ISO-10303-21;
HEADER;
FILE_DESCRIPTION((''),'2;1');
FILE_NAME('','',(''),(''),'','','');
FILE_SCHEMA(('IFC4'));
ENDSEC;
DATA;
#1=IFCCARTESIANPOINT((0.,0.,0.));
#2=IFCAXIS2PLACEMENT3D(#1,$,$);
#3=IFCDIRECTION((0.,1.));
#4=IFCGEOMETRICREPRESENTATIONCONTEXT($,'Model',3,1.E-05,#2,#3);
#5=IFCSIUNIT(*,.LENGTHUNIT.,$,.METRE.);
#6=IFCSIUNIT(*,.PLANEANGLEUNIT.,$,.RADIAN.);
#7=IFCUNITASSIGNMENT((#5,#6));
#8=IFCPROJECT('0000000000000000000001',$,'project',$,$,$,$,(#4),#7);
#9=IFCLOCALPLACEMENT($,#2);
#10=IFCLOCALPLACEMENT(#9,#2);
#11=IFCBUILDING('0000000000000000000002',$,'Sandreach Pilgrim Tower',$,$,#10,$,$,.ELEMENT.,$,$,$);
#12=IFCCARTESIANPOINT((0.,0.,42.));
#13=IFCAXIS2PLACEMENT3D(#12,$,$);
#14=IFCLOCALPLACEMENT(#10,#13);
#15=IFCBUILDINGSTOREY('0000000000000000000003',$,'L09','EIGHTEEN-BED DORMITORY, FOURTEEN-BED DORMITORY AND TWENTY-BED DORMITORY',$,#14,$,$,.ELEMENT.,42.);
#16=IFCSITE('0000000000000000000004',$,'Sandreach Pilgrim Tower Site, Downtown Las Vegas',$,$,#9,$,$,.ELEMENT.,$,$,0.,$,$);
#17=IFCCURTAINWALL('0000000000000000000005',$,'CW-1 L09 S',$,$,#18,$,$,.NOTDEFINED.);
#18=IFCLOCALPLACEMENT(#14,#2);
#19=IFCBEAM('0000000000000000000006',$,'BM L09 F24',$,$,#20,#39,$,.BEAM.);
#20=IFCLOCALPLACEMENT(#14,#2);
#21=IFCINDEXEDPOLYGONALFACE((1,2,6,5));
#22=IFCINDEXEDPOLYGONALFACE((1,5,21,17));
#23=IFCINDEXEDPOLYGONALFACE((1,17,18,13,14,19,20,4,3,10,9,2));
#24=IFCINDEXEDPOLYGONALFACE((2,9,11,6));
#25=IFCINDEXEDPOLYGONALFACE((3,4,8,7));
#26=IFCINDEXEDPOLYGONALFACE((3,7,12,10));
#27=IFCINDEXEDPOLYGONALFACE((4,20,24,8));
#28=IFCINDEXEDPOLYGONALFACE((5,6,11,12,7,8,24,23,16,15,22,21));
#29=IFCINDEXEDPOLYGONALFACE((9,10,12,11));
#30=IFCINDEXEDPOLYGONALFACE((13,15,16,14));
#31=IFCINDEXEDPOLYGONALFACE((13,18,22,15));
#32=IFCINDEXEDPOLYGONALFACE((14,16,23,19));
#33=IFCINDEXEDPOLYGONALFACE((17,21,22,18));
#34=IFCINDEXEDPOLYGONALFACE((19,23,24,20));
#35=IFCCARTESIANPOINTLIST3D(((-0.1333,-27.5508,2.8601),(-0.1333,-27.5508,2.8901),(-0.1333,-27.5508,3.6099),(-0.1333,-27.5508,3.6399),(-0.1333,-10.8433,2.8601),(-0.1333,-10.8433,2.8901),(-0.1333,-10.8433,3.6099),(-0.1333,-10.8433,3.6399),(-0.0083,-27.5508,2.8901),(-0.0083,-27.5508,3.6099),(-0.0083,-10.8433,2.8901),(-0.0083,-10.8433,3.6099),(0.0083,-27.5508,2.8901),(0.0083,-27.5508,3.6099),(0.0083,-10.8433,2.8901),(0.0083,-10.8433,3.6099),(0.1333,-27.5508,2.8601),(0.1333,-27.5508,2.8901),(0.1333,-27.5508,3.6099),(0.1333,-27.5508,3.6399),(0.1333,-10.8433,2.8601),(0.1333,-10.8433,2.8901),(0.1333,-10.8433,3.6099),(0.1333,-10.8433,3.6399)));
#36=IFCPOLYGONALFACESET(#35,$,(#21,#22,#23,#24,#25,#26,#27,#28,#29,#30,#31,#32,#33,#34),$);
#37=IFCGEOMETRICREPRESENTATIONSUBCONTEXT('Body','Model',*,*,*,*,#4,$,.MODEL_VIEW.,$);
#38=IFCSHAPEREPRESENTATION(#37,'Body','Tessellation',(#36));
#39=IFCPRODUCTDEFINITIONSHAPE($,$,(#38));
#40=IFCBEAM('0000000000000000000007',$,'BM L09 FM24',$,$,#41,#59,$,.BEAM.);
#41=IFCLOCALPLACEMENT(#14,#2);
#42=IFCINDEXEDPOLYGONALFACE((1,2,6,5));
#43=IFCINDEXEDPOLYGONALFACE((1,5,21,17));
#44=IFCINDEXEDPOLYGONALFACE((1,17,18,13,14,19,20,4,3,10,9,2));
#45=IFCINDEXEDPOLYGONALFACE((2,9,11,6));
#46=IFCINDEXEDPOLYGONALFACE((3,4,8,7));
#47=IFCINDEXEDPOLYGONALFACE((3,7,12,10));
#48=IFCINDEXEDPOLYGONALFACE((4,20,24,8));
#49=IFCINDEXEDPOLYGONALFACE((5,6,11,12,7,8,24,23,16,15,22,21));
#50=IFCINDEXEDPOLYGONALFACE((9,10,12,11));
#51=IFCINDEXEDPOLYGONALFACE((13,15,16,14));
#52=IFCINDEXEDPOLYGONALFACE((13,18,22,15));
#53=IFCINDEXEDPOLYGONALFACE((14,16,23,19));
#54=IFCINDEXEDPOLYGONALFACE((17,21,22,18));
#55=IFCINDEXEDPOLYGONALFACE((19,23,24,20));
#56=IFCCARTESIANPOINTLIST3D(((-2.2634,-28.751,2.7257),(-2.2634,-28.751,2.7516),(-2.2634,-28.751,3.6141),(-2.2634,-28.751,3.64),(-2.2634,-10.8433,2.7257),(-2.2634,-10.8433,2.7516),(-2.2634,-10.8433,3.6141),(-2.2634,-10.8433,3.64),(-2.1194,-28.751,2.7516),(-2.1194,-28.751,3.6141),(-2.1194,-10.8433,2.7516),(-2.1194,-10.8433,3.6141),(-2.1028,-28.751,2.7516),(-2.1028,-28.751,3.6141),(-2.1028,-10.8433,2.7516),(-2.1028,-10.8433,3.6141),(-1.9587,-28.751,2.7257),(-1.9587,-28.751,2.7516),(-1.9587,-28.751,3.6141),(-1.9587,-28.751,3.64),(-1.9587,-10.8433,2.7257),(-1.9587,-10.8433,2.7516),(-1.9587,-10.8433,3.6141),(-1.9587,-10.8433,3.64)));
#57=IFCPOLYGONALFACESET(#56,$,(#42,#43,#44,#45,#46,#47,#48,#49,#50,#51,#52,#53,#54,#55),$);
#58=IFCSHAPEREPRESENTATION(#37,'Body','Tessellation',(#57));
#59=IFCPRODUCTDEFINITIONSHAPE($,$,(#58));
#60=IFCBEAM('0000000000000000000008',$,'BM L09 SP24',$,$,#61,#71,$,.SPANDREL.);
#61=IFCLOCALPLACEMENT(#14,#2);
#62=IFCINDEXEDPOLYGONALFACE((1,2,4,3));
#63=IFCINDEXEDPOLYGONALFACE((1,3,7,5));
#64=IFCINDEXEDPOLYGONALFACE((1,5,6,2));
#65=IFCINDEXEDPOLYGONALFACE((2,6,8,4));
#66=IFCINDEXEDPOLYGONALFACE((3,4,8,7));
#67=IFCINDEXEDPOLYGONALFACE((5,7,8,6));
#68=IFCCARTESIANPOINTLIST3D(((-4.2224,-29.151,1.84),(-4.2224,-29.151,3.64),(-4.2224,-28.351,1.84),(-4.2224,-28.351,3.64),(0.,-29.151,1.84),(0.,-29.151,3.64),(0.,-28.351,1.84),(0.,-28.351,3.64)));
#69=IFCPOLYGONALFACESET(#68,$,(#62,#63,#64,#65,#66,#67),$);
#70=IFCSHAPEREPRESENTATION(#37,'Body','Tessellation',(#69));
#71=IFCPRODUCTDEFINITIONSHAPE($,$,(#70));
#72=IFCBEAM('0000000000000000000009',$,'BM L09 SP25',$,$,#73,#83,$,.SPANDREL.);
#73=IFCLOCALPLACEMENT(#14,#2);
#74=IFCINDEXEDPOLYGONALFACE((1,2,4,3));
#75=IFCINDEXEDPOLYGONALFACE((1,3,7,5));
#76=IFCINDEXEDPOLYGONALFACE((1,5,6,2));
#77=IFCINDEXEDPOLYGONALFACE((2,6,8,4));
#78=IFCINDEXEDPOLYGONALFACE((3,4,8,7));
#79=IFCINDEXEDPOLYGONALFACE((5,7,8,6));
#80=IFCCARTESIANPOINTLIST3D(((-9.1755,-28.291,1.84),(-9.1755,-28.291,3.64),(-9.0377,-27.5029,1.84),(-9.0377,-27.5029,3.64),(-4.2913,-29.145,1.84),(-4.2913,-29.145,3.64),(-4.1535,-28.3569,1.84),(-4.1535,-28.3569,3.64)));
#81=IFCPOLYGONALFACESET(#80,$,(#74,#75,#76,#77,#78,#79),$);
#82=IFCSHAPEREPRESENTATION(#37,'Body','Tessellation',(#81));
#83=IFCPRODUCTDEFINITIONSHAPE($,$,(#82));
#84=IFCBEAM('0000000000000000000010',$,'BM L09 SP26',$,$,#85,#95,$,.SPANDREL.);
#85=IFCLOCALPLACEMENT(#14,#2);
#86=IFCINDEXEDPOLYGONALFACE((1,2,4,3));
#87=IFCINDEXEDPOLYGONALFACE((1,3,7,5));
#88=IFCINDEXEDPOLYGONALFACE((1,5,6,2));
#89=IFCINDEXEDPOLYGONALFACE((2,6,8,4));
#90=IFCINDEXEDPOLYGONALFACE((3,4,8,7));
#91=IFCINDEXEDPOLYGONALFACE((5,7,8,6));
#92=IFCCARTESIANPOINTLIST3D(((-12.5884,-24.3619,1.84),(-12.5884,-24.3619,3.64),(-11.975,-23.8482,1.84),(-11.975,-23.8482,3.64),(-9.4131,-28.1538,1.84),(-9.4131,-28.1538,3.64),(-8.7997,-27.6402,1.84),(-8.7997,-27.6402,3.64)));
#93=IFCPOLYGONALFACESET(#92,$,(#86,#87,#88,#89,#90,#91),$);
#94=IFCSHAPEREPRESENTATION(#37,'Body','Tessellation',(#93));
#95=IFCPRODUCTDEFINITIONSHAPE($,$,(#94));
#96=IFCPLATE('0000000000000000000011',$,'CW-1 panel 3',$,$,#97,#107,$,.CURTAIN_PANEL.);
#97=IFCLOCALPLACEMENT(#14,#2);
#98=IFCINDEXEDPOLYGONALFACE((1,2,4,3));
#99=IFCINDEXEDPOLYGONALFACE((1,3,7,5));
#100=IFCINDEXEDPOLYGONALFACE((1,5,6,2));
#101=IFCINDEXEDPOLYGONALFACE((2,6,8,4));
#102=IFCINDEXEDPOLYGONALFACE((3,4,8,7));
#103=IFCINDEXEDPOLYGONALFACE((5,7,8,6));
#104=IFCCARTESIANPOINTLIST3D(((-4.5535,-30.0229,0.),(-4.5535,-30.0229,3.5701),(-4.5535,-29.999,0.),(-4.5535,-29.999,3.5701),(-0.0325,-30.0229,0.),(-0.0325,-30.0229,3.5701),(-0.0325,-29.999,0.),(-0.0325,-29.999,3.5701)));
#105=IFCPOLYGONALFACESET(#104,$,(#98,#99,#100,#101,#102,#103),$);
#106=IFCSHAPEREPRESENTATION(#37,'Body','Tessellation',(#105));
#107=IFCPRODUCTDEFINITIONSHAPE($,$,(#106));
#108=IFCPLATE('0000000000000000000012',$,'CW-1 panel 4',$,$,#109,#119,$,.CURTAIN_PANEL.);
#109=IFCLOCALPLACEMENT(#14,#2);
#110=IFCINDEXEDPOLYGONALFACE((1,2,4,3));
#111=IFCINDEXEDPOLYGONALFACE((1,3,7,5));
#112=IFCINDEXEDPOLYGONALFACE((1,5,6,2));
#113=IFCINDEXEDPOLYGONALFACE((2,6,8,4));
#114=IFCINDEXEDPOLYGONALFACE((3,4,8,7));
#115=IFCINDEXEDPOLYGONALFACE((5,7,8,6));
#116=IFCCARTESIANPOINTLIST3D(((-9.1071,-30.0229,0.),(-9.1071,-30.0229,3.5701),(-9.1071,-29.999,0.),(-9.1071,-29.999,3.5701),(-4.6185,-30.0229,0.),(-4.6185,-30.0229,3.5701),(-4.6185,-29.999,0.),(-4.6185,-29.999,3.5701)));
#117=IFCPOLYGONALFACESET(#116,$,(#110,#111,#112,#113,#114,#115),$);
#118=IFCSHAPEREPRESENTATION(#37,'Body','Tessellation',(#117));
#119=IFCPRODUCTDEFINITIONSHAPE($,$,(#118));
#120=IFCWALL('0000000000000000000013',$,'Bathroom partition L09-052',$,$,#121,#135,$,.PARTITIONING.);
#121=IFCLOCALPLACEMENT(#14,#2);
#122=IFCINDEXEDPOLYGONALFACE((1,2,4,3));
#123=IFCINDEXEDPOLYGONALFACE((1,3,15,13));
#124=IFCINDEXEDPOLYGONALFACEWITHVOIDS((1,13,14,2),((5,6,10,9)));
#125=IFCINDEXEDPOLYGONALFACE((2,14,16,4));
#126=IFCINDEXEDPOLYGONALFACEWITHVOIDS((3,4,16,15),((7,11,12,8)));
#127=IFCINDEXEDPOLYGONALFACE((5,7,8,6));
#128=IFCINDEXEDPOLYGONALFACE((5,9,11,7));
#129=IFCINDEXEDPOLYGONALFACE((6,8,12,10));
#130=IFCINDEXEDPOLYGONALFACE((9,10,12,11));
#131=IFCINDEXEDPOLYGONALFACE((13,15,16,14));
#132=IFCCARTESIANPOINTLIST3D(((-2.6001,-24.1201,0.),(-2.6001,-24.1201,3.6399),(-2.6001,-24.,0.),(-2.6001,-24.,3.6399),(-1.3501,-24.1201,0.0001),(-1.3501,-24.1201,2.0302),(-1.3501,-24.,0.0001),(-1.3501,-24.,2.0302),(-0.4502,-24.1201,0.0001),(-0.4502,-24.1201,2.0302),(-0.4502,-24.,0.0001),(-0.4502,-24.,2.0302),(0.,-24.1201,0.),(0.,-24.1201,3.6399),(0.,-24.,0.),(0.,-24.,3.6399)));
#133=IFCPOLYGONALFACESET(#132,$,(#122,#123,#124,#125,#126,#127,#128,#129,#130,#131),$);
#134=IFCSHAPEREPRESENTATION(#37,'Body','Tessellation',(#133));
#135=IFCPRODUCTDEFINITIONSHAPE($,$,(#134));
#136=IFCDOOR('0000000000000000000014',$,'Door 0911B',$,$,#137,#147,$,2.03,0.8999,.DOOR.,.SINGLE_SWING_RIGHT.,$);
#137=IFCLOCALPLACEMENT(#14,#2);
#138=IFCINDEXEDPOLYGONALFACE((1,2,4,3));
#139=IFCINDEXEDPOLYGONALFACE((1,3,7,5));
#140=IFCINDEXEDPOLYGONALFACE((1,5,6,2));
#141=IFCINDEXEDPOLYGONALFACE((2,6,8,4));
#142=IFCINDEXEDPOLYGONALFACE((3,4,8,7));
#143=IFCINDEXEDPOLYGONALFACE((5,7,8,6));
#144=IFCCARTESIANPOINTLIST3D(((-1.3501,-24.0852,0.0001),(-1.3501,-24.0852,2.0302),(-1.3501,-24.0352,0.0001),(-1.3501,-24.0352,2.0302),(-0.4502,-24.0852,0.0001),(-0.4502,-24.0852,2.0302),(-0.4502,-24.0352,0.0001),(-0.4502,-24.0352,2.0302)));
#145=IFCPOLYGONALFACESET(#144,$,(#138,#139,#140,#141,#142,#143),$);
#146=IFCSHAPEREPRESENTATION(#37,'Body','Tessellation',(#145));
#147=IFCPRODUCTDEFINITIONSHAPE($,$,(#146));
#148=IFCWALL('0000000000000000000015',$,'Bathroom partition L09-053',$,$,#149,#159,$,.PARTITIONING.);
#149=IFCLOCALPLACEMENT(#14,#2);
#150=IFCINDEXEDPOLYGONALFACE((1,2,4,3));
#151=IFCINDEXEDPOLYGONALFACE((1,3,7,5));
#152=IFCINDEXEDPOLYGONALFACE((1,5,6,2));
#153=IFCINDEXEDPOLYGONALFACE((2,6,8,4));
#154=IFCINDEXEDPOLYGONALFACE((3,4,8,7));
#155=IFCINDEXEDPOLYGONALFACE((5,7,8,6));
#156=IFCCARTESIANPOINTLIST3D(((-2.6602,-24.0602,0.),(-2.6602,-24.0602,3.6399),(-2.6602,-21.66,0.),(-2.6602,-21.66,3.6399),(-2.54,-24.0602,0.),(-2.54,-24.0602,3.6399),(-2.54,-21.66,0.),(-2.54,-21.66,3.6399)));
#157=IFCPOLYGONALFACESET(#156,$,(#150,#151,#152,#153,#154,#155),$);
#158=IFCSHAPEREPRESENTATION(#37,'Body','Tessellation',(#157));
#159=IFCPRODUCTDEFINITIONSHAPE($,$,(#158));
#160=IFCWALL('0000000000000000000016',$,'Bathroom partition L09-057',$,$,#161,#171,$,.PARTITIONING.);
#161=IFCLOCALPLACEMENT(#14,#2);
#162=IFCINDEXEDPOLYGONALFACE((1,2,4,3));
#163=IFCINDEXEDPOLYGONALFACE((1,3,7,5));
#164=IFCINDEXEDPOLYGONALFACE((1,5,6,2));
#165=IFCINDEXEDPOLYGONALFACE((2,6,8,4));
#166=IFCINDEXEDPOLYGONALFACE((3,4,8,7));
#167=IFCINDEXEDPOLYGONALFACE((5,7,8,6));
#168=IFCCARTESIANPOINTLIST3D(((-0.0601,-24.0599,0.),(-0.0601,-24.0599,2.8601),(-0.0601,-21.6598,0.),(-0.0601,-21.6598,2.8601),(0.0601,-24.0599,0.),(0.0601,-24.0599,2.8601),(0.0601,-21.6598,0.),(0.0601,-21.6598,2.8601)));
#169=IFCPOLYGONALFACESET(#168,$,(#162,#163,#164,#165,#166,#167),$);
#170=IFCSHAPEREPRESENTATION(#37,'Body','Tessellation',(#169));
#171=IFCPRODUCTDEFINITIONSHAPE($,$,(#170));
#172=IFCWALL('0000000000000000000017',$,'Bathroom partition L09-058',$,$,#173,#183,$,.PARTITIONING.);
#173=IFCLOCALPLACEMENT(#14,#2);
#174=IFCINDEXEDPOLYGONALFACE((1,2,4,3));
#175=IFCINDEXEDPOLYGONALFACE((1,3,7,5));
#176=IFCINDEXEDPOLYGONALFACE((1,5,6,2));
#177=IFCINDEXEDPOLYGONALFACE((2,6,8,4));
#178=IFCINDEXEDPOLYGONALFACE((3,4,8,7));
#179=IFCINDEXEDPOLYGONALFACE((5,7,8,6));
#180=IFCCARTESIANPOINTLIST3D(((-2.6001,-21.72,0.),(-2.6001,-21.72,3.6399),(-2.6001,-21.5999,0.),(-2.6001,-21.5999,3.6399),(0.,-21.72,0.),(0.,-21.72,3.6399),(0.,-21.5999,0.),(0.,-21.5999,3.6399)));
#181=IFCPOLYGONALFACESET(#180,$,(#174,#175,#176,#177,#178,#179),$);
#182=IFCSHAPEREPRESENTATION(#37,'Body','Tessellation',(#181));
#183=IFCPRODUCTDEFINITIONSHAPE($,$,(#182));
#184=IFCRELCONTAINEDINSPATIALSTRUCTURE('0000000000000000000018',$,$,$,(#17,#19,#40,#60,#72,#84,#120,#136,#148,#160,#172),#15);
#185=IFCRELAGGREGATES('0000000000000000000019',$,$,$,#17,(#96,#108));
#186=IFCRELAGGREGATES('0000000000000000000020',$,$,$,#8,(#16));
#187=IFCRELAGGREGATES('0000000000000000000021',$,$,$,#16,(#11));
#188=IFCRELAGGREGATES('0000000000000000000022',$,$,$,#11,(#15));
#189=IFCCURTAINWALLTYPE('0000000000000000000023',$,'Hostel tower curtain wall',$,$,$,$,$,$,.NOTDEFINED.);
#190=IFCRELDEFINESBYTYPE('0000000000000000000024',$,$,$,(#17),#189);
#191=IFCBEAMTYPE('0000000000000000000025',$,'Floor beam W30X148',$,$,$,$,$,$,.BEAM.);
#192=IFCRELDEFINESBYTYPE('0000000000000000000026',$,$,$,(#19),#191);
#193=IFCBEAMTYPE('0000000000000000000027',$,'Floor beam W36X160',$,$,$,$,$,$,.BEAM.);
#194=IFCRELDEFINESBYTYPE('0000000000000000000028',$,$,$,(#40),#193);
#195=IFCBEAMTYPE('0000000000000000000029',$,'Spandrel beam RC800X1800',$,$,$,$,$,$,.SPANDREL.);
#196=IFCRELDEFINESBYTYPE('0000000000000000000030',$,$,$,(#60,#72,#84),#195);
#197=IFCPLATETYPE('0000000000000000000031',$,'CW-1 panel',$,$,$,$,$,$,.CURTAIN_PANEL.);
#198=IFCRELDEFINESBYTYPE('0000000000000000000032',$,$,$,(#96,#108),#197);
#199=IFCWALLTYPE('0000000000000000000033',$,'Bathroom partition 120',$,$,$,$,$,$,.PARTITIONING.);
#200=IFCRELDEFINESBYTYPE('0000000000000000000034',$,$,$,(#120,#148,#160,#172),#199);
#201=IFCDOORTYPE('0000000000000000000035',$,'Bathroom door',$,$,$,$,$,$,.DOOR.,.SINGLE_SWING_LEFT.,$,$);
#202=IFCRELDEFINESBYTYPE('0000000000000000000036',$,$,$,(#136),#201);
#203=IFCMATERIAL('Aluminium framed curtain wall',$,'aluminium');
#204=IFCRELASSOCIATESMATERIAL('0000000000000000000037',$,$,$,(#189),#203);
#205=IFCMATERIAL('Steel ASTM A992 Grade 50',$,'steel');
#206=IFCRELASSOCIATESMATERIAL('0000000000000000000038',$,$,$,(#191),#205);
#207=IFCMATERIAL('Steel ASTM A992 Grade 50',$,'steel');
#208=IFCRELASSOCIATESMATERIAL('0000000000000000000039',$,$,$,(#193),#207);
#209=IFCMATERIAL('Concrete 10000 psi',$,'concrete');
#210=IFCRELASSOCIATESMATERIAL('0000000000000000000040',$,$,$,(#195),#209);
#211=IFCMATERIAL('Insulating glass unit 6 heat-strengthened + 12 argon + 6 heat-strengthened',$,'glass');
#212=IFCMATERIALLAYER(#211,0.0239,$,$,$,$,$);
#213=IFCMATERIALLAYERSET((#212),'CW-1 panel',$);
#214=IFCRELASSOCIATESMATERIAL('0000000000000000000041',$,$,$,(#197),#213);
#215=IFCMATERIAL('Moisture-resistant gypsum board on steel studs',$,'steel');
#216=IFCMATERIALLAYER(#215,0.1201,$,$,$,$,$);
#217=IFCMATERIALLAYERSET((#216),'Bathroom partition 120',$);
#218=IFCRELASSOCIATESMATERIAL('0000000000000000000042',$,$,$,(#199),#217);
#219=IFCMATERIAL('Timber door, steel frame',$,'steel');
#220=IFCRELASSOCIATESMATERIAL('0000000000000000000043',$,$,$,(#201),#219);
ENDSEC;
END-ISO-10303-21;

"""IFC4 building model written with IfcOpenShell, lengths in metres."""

from ifc_helpers import new_model, si_unit, direction, frame, frame_2d, origin, origin_2d, place, context, subcontext, project, spatial, rectangle, i_section, extrude, material, layer, layer_set, material_profile, profile_set, type_object, element, fill, aggregate, save


model = new_model("IFC4")

# Units and contexts
model_context = context("Model", 3, precision=1e-05, world=origin(), true_north=direction((0.0, 1.0)))
body_context = subcontext(model_context, "Body", "Model", "MODEL_VIEW")
ifc_project = project(units=[si_unit("LENGTHUNIT", "METRE"), si_unit("PLANEANGLEUNIT", "RADIAN")], contexts=[model_context])

# Site, building, storey
site_placement = place(None, origin())
site = spatial("IfcSite", under=ifc_project, at=site_placement, Name="Sandreach Pilgrim Tower Site, Downtown Las Vegas", CompositionType="ELEMENT", RefElevation=0.0)
building_placement = place(site_placement, origin())
building = spatial("IfcBuilding", under=site, at=building_placement, Name="Sandreach Pilgrim Tower", CompositionType="ELEMENT")
storey_placement = place(building_placement, frame((0.0, 0.0, 42.0)))
storey = spatial("IfcBuildingStorey", under=building, at=storey_placement, Name="L09", Description="EIGHTEEN-BED DORMITORY, FOURTEEN-BED DORMITORY AND TWENTY-BED DORMITORY", CompositionType="ELEMENT", Elevation=42.0)

# Curtain wall
ifc_material_1 = material(Name="Aluminium framed curtain wall", Category="aluminium")
curtain_wall_type = type_object("IfcCurtainWallType", Name="Hostel tower curtain wall", PredefinedType="NOTDEFINED", material=ifc_material_1)
curtain_wall_placement = place(storey_placement, origin())
curtain_wall = element("IfcCurtainWall", 1, at=curtain_wall_placement, inside=storey, type_object=curtain_wall_type, Name="CW-1 L09 S", PredefinedType="NOTDEFINED")

# Beams
ifc_material_2 = material(Name="Steel ASTM A992 Grade 50", Category="steel")
ifc_material_profile_1 = material_profile(ifc_material_2, i_section(OverallWidth=0.2666, OverallDepth=0.7798, WebThickness=0.0166, FlangeThickness=0.03, at=origin_2d()), Name="W30X148")
ifc_profile_set_1 = profile_set([ifc_material_profile_1], Name="Steel ASTM A992 Grade 50")
beam_type_1 = type_object("IfcBeamType", Name="Floor beam W30X148", PredefinedType="BEAM", material=ifc_profile_set_1)
beam_1_placement = place(storey_placement, frame((0.0, -27.5508, 3.25), z_axis=(0.0, 1.0, 0.0), x_axis=(-1.0, 0.0, 0.0)))
element("IfcBeam", 2, at=beam_1_placement, inside=storey, type_object=beam_type_1, Name="BM L09 F24", PredefinedType="BEAM", context=body_context, shape_type="SweptSolid", body=[
    extrude(i_section(OverallWidth=0.2666, OverallDepth=0.7798, WebThickness=0.0166, FlangeThickness=0.03, at=origin_2d()), origin(), (0.0, 0.0, 1.0), 16.7075),
])
ifc_material_3 = material(Name="Steel ASTM A992 Grade 50", Category="steel")
ifc_material_profile_2 = material_profile(ifc_material_3, i_section(OverallWidth=0.3047, OverallDepth=0.9143, WebThickness=0.0166, FlangeThickness=0.0259, at=origin_2d()), Name="W36X160")
ifc_profile_set_2 = profile_set([ifc_material_profile_2], Name="Steel ASTM A992 Grade 50")
beam_type_2 = type_object("IfcBeamType", Name="Floor beam W36X160", PredefinedType="BEAM", material=ifc_profile_set_2)
beam_2_placement = place(storey_placement, frame((-2.1111, -28.751, 3.1829), z_axis=(0.0, 1.0, 0.0), x_axis=(-1.0, 0.0, 0.0)))
element("IfcBeam", 3, at=beam_2_placement, inside=storey, type_object=beam_type_2, Name="BM L09 FM24", PredefinedType="BEAM", context=body_context, shape_type="SweptSolid", body=[
    extrude(i_section(OverallWidth=0.3047, OverallDepth=0.9143, WebThickness=0.0166, FlangeThickness=0.0259, at=origin_2d()), origin(), (0.0, 0.0, 1.0), 17.9077),
])
ifc_material_4 = material(Name="Concrete 10000 psi", Category="concrete")
ifc_material_profile_3 = material_profile(ifc_material_4, rectangle(XDim=0.8, YDim=1.8, at=origin_2d()), Name="RC800X1800")
ifc_profile_set_3 = profile_set([ifc_material_profile_3], Name="Concrete 10000 psi")
beam_type_3 = type_object("IfcBeamType", Name="Spandrel beam RC800X1800", PredefinedType="SPANDREL", material=ifc_profile_set_3)
beam_3_placement = place(storey_placement, frame((0.0, -28.751, 2.74), z_axis=(-1.0, 0.0, 0.0), x_axis=(0.0, -1.0, 0.0)))
element("IfcBeam", 4, at=beam_3_placement, inside=storey, type_object=beam_type_3, Name="BM L09 SP24", PredefinedType="SPANDREL", context=body_context, shape_type="SweptSolid", body=[
    extrude(rectangle(XDim=0.8, YDim=1.8, at=origin_2d()), origin(), (0.0, 0.0, 1.0), 4.2224),
])
beam_4_placement = place(storey_placement, frame((-4.2224, -28.751, 2.74), z_axis=(-0.985054, 0.172243, 0.0), x_axis=(-0.172243, -0.985054, 0.0)))
element("IfcBeam", 5, at=beam_4_placement, inside=storey, type_object=beam_type_3, Name="BM L09 SP25", PredefinedType="SPANDREL", context=body_context, shape_type="SweptSolid", body=[
    extrude(rectangle(XDim=0.8, YDim=1.8, at=origin_2d()), origin(), (0.0, 0.0, 1.0), 4.9583),
])
beam_5_placement = place(storey_placement, frame((-9.1064, -27.897, 2.74), z_axis=(-0.642008, 0.766698, 0.0), x_axis=(-0.766698, -0.642008, 0.0)))
element("IfcBeam", 6, at=beam_5_placement, inside=storey, type_object=beam_type_3, Name="BM L09 SP26", PredefinedType="SPANDREL", context=body_context, shape_type="SweptSolid", body=[
    extrude(rectangle(XDim=0.8, YDim=1.8, at=origin_2d()), origin(), (0.0, 0.0, 1.0), 4.9458),
])

# Plates
ifc_material_5 = material(Name="Insulating glass unit 6 heat-strengthened + 12 argon + 6 heat-strengthened", Category="glass")
ifc_layer_1 = layer(ifc_material_5, 0.0239)
ifc_layer_set_1 = layer_set([ifc_layer_1], Name="CW-1 panel")
plate_type = type_object("IfcPlateType", Name="CW-1 panel", PredefinedType="CURTAIN_PANEL", material=ifc_layer_set_1)
plate_1_placement = place(storey_placement, frame((-2.293, -30.011, 0.0), z_axis=(0.0, 0.0, 1.0), x_axis=(-1.0, 0.0, 0.0)))
plate_1 = element("IfcPlate", 7, at=plate_1_placement, type_object=plate_type, Name="CW-1 panel 3", PredefinedType="CURTAIN_PANEL", context=body_context, shape_type="SweptSolid", body=[
    extrude(rectangle(XDim=4.521, YDim=0.0239, at=origin_2d()), origin(), (0.0, 0.0, 1.0), 3.5701),
])
plate_2_placement = place(storey_placement, frame((-6.8628, -30.011, 0.0), z_axis=(0.0, 0.0, 1.0), x_axis=(-1.0, 0.0, 0.0)))
plate_2 = element("IfcPlate", 8, at=plate_2_placement, type_object=plate_type, Name="CW-1 panel 4", PredefinedType="CURTAIN_PANEL", context=body_context, shape_type="SweptSolid", body=[
    extrude(rectangle(XDim=4.4885, YDim=0.0239, at=origin_2d()), origin(), (0.0, 0.0, 1.0), 3.5701),
])
aggregate(curtain_wall, [plate_1, plate_2])

# Wall, opening, door
ifc_material_6 = material(Name="Moisture-resistant gypsum board on steel studs", Category="steel")
ifc_layer_2 = layer(ifc_material_6, 0.1201)
ifc_layer_set_2 = layer_set([ifc_layer_2], Name="Bathroom partition 120")
wall_type_1 = type_object("IfcWallType", Name="Bathroom partition 120", PredefinedType="PARTITIONING", material=ifc_layer_set_2)
wall_1_placement = place(storey_placement, frame((-2.6001, -24.0601, 0.0), z_axis=(0.0, 0.0, 1.0), x_axis=(1.0, 0.0, 0.0)))
wall_1 = element("IfcWall", 9, at=wall_1_placement, inside=storey, type_object=wall_type_1, Name="Bathroom partition L09-052", PredefinedType="PARTITIONING", context=body_context, shape_type="SweptSolid", body=[
    extrude(rectangle(XDim=2.6001, YDim=0.1201, at=frame_2d((1.3, 0.0))), origin(), (0.0, 0.0, 1.0), 3.6399),
])
opening_1_placement = place(wall_1_placement, frame((1.25, 0.0, 0.0)))
opening_1 = element("IfcOpeningElement", 10, at=opening_1_placement, cuts=wall_1, PredefinedType="OPENING", context=body_context, shape_type="SweptSolid", body=[
    extrude(rectangle(XDim=0.8999, YDim=2.03, at=frame_2d((0.45, 1.0151))), frame((0.0, 0.0601, 0.0), z_axis=(0.0, -1.0, 0.0), x_axis=(1.0, 0.0, 0.0)), (0.0, 0.0, 1.0), 0.1201),
])
ifc_material_7 = material(Name="Timber door, steel frame", Category="steel")
door_type_1 = type_object("IfcDoorType", Name="Bathroom door", OperationType="SINGLE_SWING_LEFT", PredefinedType="DOOR", material=ifc_material_7)
door_1_placement = place(opening_1_placement, origin())
door_1 = element("IfcDoor", 11, at=door_1_placement, inside=storey, type_object=door_type_1, Name="Door 0911B", OperationType="SINGLE_SWING_RIGHT", OverallHeight=2.03, OverallWidth=0.8999, PredefinedType="DOOR", context=body_context, shape_type="SweptSolid", body=[
    extrude(rectangle(XDim=0.8999, YDim=2.03, at=frame_2d((0.45, 1.0151))), frame((0.0, 0.0249, 0.0), z_axis=(0.0, -1.0, 0.0), x_axis=(1.0, 0.0, 0.0)), (0.0, 0.0, 1.0), 0.05),
])
fill(opening_1, door_1)

# Walls
wall_2_placement = place(storey_placement, frame((-2.6001, -21.6599, 0.0), z_axis=(0.0, 0.0, 1.0), x_axis=(0.0, -1.0, 0.0)))
element("IfcWall", 12, at=wall_2_placement, inside=storey, type_object=wall_type_1, Name="Bathroom partition L09-053", PredefinedType="PARTITIONING", context=body_context, shape_type="SweptSolid", body=[
    extrude(rectangle(XDim=2.4001, YDim=0.1201, at=frame_2d((1.2002, 0.0))), origin(), (0.0, 0.0, 1.0), 3.6399),
])
wall_3_placement = place(storey_placement, frame((0.0, -24.0601, 0.0), z_axis=(0.0, 0.0, 1.0), x_axis=(0.0, 1.0, 0.0)))
element("IfcWall", 13, at=wall_3_placement, inside=storey, type_object=wall_type_1, Name="Bathroom partition L09-057", PredefinedType="PARTITIONING", context=body_context, shape_type="SweptSolid", body=[
    extrude(rectangle(XDim=2.4001, YDim=0.1201, at=frame_2d((1.2002, 0.0))), origin(), (0.0, 0.0, 1.0), 2.8601),
])
wall_4_placement = place(storey_placement, frame((0.0, -21.6599, 0.0), z_axis=(0.0, 0.0, 1.0), x_axis=(-1.0, 0.0, 0.0)))
element("IfcWall", 14, at=wall_4_placement, inside=storey, type_object=wall_type_1, Name="Bathroom partition L09-058", PredefinedType="PARTITIONING", context=body_context, shape_type="SweptSolid", body=[
    extrude(rectangle(XDim=2.6001, YDim=0.1201, at=frame_2d((1.3, 0.0))), origin(), (0.0, 0.0, 1.0), 3.6399),
])

save(model, "model.ifc")
